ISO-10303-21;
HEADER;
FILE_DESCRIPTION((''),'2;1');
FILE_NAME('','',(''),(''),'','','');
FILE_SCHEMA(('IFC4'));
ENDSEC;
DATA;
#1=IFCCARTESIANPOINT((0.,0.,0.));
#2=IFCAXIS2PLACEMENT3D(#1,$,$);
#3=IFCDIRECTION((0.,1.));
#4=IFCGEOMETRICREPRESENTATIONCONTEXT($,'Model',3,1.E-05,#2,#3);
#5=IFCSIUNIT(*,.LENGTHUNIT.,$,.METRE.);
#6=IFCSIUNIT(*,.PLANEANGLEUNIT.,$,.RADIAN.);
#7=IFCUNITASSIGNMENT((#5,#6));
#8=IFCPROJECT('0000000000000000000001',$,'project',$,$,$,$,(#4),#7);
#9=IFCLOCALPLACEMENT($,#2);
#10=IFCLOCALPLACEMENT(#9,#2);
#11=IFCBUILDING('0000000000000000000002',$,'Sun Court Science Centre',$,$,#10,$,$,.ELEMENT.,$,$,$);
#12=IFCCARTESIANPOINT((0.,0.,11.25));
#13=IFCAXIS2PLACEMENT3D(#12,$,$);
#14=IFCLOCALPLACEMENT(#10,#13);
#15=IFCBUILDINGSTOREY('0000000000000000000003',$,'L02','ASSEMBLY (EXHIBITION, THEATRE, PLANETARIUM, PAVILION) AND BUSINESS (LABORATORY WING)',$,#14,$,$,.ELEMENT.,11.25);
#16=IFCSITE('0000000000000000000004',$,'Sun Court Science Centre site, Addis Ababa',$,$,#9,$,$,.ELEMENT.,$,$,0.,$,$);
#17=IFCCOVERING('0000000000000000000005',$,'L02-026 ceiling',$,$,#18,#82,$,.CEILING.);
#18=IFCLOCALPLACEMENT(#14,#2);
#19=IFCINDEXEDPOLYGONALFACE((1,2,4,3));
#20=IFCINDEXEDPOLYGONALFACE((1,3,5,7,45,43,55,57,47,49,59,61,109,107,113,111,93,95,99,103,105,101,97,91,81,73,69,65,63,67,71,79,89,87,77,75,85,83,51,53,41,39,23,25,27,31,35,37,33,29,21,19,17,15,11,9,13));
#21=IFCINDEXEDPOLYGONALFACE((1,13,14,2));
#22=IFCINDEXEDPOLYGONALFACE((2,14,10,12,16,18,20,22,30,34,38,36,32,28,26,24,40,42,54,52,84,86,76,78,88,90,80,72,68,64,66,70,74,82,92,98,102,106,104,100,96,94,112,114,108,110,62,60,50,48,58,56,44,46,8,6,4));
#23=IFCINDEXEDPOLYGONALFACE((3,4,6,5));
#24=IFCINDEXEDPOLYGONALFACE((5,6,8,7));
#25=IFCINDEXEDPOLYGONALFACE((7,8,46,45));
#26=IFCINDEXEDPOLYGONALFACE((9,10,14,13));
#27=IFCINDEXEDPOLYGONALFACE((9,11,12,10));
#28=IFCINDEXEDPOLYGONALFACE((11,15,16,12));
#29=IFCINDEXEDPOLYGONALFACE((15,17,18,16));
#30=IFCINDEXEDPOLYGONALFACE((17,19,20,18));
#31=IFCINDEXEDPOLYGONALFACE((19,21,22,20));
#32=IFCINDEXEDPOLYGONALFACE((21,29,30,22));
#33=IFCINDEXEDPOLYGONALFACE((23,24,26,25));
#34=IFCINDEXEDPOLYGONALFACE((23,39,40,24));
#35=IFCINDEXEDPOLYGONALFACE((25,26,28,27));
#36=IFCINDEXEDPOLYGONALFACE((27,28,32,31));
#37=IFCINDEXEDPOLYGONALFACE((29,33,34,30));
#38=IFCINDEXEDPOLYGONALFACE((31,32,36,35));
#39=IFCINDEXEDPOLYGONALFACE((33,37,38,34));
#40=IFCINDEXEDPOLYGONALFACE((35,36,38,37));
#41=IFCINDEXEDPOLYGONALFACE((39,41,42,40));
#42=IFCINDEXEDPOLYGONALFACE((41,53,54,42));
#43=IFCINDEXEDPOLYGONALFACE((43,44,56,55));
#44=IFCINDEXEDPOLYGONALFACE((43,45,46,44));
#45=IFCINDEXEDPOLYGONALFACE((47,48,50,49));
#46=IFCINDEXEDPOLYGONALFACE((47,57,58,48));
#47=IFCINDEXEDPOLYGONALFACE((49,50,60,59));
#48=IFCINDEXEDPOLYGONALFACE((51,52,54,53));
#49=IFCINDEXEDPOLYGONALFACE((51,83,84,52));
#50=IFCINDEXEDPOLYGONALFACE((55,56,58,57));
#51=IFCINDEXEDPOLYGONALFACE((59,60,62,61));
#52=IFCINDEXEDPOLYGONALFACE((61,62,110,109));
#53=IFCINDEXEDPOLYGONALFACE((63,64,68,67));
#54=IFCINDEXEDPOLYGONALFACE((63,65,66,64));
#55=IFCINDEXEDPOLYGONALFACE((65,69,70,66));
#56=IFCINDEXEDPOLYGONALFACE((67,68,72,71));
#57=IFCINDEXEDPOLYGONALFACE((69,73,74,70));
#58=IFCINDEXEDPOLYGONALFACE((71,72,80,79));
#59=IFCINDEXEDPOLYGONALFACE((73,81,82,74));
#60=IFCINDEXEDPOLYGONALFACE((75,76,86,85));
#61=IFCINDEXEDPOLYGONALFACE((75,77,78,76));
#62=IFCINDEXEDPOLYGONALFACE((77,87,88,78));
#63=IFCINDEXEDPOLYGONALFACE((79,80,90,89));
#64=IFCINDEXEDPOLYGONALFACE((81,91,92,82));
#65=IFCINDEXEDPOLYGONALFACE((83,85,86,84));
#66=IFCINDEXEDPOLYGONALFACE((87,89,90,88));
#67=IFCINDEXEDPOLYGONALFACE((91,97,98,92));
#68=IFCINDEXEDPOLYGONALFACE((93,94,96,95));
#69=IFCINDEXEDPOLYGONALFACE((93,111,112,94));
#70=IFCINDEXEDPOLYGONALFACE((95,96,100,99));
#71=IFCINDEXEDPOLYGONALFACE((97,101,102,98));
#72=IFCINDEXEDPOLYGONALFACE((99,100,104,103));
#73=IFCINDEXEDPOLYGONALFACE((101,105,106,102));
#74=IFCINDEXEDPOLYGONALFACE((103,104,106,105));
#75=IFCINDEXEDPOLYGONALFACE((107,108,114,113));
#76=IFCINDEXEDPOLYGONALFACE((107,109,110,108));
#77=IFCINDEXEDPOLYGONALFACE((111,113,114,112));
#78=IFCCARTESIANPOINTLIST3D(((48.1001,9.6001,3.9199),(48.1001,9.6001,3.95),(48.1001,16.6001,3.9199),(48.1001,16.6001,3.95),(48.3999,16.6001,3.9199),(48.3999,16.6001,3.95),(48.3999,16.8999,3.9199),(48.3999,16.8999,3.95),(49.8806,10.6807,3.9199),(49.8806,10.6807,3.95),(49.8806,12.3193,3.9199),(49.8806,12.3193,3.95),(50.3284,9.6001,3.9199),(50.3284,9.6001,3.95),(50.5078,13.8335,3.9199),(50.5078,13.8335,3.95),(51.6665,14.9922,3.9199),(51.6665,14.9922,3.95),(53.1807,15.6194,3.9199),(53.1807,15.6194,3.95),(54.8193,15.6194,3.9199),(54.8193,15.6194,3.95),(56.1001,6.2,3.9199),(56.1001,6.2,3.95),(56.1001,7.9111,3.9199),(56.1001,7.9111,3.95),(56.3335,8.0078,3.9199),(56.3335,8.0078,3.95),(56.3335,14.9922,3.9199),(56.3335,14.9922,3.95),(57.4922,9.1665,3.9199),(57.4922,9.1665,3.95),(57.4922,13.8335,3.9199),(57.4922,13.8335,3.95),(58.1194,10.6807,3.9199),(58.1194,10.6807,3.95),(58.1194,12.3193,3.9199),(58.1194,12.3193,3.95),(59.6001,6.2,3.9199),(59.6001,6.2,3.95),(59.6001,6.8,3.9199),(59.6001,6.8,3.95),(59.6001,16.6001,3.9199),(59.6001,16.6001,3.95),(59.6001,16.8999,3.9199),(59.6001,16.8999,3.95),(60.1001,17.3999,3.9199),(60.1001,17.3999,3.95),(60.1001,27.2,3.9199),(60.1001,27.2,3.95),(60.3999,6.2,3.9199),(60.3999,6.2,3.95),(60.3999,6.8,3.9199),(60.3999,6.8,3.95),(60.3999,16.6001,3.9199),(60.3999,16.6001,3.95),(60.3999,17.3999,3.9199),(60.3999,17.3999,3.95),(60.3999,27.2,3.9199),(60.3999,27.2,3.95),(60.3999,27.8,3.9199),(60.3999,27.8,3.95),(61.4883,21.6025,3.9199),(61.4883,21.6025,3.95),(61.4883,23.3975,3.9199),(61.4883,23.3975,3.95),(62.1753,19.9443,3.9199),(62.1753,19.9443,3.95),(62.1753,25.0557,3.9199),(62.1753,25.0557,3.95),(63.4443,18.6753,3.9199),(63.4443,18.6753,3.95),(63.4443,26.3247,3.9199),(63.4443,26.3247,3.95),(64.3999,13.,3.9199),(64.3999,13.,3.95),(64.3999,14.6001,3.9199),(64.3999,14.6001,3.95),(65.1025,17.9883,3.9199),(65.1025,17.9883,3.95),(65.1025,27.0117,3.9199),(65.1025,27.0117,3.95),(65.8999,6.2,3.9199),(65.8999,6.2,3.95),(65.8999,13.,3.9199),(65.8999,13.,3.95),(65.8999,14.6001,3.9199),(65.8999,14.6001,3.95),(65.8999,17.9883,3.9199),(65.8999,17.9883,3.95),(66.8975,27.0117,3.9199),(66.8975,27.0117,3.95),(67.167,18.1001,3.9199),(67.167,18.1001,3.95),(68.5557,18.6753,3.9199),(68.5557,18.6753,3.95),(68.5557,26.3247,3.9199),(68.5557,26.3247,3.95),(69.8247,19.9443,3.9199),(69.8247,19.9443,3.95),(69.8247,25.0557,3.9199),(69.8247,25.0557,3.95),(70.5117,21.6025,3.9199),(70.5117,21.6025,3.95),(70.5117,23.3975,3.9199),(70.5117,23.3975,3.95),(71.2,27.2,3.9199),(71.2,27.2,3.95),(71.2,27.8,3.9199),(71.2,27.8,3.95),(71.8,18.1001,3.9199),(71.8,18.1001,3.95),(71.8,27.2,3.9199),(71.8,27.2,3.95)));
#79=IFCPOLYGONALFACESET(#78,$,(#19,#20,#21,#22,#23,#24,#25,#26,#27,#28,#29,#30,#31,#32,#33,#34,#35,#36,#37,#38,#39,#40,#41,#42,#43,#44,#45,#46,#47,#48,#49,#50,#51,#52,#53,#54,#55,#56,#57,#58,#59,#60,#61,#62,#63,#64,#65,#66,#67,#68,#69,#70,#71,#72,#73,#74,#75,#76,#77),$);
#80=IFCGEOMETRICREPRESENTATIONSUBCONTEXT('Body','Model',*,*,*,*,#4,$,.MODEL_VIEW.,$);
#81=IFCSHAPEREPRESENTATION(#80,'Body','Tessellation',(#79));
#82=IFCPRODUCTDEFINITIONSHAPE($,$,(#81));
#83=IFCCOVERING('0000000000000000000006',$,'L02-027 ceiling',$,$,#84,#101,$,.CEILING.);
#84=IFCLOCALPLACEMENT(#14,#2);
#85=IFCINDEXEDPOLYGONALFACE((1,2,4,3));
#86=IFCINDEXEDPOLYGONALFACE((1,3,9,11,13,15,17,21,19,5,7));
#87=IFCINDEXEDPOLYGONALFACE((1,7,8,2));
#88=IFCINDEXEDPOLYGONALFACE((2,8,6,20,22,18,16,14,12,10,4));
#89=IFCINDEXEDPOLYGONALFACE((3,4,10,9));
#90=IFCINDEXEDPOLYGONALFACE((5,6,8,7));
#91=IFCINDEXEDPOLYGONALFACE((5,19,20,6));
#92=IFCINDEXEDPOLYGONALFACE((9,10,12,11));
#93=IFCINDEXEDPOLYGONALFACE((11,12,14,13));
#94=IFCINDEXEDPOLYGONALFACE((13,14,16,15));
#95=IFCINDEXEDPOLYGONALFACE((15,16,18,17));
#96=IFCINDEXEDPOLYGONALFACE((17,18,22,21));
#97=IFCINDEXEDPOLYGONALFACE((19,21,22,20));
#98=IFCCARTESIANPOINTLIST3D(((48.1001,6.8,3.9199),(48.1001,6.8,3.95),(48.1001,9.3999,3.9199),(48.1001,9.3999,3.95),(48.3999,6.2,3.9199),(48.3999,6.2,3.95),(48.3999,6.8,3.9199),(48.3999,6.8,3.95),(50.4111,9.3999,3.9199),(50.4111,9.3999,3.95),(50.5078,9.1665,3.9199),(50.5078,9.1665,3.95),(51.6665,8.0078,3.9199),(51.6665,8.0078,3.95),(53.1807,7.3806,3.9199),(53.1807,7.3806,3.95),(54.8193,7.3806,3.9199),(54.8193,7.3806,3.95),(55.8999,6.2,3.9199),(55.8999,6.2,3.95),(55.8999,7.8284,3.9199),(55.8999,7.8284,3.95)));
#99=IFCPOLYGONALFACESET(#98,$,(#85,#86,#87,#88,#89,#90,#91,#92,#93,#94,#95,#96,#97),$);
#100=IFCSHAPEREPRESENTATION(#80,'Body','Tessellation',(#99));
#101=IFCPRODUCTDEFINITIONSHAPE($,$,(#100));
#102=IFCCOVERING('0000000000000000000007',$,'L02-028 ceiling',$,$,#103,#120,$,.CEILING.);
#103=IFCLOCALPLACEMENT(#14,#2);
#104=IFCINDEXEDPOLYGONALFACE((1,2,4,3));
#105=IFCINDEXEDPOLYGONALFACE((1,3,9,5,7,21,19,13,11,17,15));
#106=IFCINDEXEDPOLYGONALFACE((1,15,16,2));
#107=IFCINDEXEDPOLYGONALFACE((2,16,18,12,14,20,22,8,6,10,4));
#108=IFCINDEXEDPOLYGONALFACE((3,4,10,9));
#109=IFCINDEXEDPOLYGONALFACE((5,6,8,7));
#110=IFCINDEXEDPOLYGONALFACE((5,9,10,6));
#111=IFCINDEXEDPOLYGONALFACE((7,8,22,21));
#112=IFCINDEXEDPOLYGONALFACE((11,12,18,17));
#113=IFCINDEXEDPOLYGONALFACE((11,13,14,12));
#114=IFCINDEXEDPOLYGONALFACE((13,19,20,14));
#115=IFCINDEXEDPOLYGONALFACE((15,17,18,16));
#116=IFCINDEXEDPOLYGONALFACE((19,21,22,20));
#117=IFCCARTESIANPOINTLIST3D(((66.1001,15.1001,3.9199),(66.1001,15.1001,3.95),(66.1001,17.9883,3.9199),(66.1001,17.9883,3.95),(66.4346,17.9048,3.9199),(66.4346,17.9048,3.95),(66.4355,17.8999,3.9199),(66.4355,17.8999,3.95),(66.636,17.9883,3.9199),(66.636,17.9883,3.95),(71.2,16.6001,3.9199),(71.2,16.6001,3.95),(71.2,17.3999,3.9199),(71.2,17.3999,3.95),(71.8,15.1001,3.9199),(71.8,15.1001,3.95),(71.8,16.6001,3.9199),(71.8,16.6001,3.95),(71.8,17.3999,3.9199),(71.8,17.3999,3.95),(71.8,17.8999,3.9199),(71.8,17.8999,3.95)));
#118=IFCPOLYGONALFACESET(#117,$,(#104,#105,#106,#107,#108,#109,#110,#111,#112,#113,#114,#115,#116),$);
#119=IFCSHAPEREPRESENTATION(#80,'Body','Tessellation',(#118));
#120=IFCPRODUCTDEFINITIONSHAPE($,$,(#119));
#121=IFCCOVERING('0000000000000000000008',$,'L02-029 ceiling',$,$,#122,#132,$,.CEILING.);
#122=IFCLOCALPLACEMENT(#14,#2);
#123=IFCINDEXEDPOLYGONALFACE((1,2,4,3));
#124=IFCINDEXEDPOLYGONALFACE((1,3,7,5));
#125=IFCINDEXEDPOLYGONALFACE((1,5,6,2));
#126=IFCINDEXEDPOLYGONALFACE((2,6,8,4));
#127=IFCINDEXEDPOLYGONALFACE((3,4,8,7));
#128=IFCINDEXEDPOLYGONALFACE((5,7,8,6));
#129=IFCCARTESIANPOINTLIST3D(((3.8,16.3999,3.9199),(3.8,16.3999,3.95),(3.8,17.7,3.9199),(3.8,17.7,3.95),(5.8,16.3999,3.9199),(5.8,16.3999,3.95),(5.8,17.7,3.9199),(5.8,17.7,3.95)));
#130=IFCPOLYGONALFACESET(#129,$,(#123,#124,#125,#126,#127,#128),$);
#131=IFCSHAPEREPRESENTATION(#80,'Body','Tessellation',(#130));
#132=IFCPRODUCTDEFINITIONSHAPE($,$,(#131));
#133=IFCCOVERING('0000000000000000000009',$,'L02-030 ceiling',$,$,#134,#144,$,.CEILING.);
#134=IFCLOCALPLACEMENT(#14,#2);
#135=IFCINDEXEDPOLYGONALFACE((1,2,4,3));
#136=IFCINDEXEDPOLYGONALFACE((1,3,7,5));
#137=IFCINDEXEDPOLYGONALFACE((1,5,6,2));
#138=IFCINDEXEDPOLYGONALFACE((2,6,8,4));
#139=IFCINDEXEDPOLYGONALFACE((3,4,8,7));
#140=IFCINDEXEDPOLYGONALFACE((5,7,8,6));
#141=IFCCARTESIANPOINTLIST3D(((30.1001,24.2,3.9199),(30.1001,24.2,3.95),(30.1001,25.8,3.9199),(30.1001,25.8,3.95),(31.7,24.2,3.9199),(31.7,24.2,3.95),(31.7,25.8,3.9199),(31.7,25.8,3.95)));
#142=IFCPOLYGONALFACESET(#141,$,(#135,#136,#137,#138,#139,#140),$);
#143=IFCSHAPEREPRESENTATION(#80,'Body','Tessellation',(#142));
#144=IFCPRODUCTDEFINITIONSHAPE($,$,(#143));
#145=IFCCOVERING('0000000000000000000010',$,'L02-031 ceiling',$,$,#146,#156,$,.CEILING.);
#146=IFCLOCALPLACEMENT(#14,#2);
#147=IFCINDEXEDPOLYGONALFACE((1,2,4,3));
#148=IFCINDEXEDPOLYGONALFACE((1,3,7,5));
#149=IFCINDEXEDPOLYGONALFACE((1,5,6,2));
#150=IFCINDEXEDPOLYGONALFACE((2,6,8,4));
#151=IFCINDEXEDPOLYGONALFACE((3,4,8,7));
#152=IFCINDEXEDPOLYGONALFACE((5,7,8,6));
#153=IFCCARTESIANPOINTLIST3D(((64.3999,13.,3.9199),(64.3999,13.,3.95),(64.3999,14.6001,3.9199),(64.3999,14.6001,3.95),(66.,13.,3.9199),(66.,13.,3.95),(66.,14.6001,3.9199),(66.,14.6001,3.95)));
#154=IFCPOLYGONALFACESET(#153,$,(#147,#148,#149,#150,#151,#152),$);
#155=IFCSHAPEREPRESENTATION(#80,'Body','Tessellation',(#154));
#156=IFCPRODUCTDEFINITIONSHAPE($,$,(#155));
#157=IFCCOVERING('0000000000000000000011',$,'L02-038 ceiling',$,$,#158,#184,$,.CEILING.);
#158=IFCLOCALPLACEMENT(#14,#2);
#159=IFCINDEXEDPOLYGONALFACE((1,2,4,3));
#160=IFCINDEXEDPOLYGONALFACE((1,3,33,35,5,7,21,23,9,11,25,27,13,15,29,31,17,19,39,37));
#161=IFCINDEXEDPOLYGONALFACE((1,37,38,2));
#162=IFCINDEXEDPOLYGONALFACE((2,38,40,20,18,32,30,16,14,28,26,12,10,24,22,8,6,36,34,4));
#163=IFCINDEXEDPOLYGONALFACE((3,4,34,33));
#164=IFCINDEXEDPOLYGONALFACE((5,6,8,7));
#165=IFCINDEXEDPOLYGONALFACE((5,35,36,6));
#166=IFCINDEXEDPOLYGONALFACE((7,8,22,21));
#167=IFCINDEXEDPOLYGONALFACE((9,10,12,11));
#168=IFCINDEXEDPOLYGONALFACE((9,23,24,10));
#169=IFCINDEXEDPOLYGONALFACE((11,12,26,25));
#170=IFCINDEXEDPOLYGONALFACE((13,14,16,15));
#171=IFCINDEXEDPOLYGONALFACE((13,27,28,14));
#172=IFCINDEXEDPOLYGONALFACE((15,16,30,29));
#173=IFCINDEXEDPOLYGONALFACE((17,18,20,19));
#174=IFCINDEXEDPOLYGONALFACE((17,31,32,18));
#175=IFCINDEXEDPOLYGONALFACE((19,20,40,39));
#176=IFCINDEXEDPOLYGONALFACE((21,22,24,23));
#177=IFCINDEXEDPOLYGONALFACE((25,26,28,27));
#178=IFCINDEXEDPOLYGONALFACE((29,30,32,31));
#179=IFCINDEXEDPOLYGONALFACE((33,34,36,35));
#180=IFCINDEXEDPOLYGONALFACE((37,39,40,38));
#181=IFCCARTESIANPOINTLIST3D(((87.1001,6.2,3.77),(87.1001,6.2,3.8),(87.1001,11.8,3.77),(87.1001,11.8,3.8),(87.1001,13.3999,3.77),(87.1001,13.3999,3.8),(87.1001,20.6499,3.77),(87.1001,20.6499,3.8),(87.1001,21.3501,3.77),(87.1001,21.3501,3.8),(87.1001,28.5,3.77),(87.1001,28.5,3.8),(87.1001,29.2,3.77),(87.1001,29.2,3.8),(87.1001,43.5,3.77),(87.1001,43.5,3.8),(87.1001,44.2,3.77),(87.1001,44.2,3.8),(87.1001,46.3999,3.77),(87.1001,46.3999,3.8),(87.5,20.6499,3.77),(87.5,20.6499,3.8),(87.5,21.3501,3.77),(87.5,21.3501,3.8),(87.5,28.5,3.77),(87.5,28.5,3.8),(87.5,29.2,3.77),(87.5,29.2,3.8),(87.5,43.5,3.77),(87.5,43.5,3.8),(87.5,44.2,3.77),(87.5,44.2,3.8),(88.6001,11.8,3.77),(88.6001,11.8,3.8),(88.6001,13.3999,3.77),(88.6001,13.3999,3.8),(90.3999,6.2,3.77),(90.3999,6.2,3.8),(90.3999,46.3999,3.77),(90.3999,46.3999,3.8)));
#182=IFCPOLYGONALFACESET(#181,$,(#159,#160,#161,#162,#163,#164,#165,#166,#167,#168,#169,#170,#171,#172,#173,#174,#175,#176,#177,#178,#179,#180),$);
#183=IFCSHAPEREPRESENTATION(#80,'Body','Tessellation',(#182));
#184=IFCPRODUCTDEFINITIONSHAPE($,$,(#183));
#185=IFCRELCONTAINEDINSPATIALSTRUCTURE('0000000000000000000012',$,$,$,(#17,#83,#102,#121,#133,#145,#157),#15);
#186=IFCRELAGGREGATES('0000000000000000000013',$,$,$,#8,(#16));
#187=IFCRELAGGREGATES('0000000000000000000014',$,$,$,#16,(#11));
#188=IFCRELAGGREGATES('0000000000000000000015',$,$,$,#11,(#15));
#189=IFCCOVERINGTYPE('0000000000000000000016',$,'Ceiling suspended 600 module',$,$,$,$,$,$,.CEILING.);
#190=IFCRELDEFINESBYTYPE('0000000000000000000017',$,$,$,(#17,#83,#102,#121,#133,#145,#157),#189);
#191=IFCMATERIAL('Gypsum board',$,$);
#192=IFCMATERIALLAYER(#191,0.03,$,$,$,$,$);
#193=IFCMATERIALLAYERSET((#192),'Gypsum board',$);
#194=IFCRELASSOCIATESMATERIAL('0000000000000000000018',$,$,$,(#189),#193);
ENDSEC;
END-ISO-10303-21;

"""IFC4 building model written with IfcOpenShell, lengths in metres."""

from ifc_helpers import new_model, si_unit, direction, frame, origin, place, context, subcontext, project, spatial, polyline, outline, extrude, material, layer, layer_set, type_object, element, save


model = new_model("IFC4")

# Units and contexts
model_context = context("Model", 3, precision=1e-05, world=origin(), true_north=direction((0.0, 1.0)))
body_context = subcontext(model_context, "Body", "Model", "MODEL_VIEW")
ifc_project = project(units=[si_unit("LENGTHUNIT", "METRE"), si_unit("PLANEANGLEUNIT", "RADIAN")], contexts=[model_context])

# Site, building, storey
site_placement = place(None, origin())
site = spatial("IfcSite", under=ifc_project, at=site_placement, Name="Sun Court Science Centre site, Addis Ababa", CompositionType="ELEMENT", RefElevation=0.0)
building_placement = place(site_placement, origin())
building = spatial("IfcBuilding", under=site, at=building_placement, Name="Sun Court Science Centre", CompositionType="ELEMENT")
storey_placement = place(building_placement, frame((0.0, 0.0, 11.25)))
storey = spatial("IfcBuildingStorey", under=building, at=storey_placement, Name="L02", Description="ASSEMBLY (EXHIBITION, THEATRE, PLANETARIUM, PAVILION) AND BUSINESS (LABORATORY WING)", CompositionType="ELEMENT", Elevation=11.25)

# Coverings
ifc_material = material(Name="Gypsum board")
ifc_layer = layer(ifc_material, 0.03)
ifc_layer_set = layer_set([ifc_layer], Name="Gypsum board")
covering_type = type_object("IfcCoveringType", Name="Ceiling suspended 600 module", PredefinedType="CEILING", material=ifc_layer_set)
covering_1_placement = place(storey_placement, frame((0.0, 0.0, 3.9199)))
element("IfcCovering", 1, at=covering_1_placement, inside=storey, type_object=covering_type, Name="L02-026 ceiling", PredefinedType="CEILING", context=body_context, shape_type="SweptSolid", body=[
    extrude(outline(polyline([(71.8, 27.2), (71.8, 18.1001), (67.167, 18.1001), (68.5557, 18.6753), (69.8247, 19.9443), (70.5117, 21.6025), (70.5117, 23.3975), (69.8247, 25.0557), (68.5557, 26.3247), (66.8975, 27.0117), (65.1025, 27.0117), (63.4443, 26.3247), (62.1753, 25.0557), (61.4883, 23.3975), (61.4883, 21.6025), (62.1753, 19.9443), (63.4443, 18.6753), (65.1025, 17.9883), (65.8999, 17.9883), (65.8999, 14.6001), (64.3999, 14.6001), (64.3999, 13.0), (65.8999, 13.0), (65.8999, 6.2), (60.3999, 6.2), (60.3999, 6.8), (59.6001, 6.8), (59.6001, 6.2), (56.1001, 6.2), (56.1001, 7.9111), (56.3335, 8.0078), (57.4922, 9.1665), (58.1194, 10.6807), (58.1194, 12.3193), (57.4922, 13.8335), (56.3335, 14.9922), (54.8193, 15.6194), (53.1807, 15.6194), (51.6665, 14.9922), (50.5078, 13.8335), (49.8806, 12.3193), (49.8806, 10.6807), (50.3284, 9.6001), (48.1001, 9.6001), (48.1001, 16.6001), (48.3999, 16.6001), (48.3999, 16.8999), (59.6001, 16.8999), (59.6001, 16.6001), (60.3999, 16.6001), (60.3999, 17.3999), (60.1001, 17.3999), (60.1001, 27.2), (60.3999, 27.2), (60.3999, 27.8), (71.2, 27.8), (71.2, 27.2), (71.8, 27.2)])), origin(), (0.0, 0.0, 1.0), 0.03),
])
covering_2_placement = place(storey_placement, frame((0.0, 0.0, 3.9199)))
element("IfcCovering", 2, at=covering_2_placement, inside=storey, type_object=covering_type, Name="L02-027 ceiling", PredefinedType="CEILING", context=body_context, shape_type="SweptSolid", body=[
    extrude(outline(polyline([(48.1001, 6.8), (48.1001, 9.3999), (50.4111, 9.3999), (50.5078, 9.1665), (51.6665, 8.0078), (53.1807, 7.3806), (54.8193, 7.3806), (55.8999, 7.8284), (55.8999, 6.2), (48.3999, 6.2), (48.3999, 6.8), (48.1001, 6.8)])), origin(), (0.0, 0.0, 1.0), 0.03),
])
covering_3_placement = place(storey_placement, frame((0.0, 0.0, 3.9199)))
element("IfcCovering", 3, at=covering_3_placement, inside=storey, type_object=covering_type, Name="L02-028 ceiling", PredefinedType="CEILING", context=body_context, shape_type="SweptSolid", body=[
    extrude(outline(polyline([(71.8, 15.1001), (66.1001, 15.1001), (66.1001, 17.9883), (66.636, 17.9883), (66.4346, 17.9048), (66.4355, 17.8999), (71.8, 17.8999), (71.8, 17.3999), (71.2, 17.3999), (71.2, 16.6001), (71.8, 16.6001), (71.8, 15.1001)])), origin(), (0.0, 0.0, 1.0), 0.03),
])
covering_4_placement = place(storey_placement, frame((0.0, 0.0, 3.9199)))
element("IfcCovering", 4, at=covering_4_placement, inside=storey, type_object=covering_type, Name="L02-029 ceiling", PredefinedType="CEILING", context=body_context, shape_type="SweptSolid", body=[
    extrude(outline(polyline([(5.8, 17.7), (5.8, 16.3999), (3.8, 16.3999), (3.8, 17.7), (5.8, 17.7)])), origin(), (0.0, 0.0, 1.0), 0.03),
])
covering_5_placement = place(storey_placement, frame((0.0, 0.0, 3.9199)))
element("IfcCovering", 5, at=covering_5_placement, inside=storey, type_object=covering_type, Name="L02-030 ceiling", PredefinedType="CEILING", context=body_context, shape_type="SweptSolid", body=[
    extrude(outline(polyline([(31.7, 25.8), (31.7, 24.2), (30.1001, 24.2), (30.1001, 25.8), (31.7, 25.8)])), origin(), (0.0, 0.0, 1.0), 0.03),
])
covering_6_placement = place(storey_placement, frame((0.0, 0.0, 3.9199)))
element("IfcCovering", 6, at=covering_6_placement, inside=storey, type_object=covering_type, Name="L02-031 ceiling", PredefinedType="CEILING", context=body_context, shape_type="SweptSolid", body=[
    extrude(outline(polyline([(66.0, 14.6001), (66.0, 13.0), (64.3999, 13.0), (64.3999, 14.6001), (66.0, 14.6001)])), origin(), (0.0, 0.0, 1.0), 0.03),
])
covering_7_placement = place(storey_placement, frame((0.0, 0.0, 3.77)))
element("IfcCovering", 7, at=covering_7_placement, inside=storey, type_object=covering_type, Name="L02-038 ceiling", PredefinedType="CEILING", context=body_context, shape_type="SweptSolid", body=[
    extrude(outline(polyline([(87.1001, 6.2), (87.1001, 11.8), (88.6001, 11.8), (88.6001, 13.3999), (87.1001, 13.3999), (87.1001, 20.6499), (87.5, 20.6499), (87.5, 21.3501), (87.1001, 21.3501), (87.1001, 28.5), (87.5, 28.5), (87.5, 29.2), (87.1001, 29.2), (87.1001, 43.5), (87.5, 43.5), (87.5, 44.2), (87.1001, 44.2), (87.1001, 46.3999), (90.3999, 46.3999), (90.3999, 6.2), (87.1001, 6.2)])), origin(), (0.0, 0.0, 1.0), 0.03),
])

save(model, "model.ifc")
